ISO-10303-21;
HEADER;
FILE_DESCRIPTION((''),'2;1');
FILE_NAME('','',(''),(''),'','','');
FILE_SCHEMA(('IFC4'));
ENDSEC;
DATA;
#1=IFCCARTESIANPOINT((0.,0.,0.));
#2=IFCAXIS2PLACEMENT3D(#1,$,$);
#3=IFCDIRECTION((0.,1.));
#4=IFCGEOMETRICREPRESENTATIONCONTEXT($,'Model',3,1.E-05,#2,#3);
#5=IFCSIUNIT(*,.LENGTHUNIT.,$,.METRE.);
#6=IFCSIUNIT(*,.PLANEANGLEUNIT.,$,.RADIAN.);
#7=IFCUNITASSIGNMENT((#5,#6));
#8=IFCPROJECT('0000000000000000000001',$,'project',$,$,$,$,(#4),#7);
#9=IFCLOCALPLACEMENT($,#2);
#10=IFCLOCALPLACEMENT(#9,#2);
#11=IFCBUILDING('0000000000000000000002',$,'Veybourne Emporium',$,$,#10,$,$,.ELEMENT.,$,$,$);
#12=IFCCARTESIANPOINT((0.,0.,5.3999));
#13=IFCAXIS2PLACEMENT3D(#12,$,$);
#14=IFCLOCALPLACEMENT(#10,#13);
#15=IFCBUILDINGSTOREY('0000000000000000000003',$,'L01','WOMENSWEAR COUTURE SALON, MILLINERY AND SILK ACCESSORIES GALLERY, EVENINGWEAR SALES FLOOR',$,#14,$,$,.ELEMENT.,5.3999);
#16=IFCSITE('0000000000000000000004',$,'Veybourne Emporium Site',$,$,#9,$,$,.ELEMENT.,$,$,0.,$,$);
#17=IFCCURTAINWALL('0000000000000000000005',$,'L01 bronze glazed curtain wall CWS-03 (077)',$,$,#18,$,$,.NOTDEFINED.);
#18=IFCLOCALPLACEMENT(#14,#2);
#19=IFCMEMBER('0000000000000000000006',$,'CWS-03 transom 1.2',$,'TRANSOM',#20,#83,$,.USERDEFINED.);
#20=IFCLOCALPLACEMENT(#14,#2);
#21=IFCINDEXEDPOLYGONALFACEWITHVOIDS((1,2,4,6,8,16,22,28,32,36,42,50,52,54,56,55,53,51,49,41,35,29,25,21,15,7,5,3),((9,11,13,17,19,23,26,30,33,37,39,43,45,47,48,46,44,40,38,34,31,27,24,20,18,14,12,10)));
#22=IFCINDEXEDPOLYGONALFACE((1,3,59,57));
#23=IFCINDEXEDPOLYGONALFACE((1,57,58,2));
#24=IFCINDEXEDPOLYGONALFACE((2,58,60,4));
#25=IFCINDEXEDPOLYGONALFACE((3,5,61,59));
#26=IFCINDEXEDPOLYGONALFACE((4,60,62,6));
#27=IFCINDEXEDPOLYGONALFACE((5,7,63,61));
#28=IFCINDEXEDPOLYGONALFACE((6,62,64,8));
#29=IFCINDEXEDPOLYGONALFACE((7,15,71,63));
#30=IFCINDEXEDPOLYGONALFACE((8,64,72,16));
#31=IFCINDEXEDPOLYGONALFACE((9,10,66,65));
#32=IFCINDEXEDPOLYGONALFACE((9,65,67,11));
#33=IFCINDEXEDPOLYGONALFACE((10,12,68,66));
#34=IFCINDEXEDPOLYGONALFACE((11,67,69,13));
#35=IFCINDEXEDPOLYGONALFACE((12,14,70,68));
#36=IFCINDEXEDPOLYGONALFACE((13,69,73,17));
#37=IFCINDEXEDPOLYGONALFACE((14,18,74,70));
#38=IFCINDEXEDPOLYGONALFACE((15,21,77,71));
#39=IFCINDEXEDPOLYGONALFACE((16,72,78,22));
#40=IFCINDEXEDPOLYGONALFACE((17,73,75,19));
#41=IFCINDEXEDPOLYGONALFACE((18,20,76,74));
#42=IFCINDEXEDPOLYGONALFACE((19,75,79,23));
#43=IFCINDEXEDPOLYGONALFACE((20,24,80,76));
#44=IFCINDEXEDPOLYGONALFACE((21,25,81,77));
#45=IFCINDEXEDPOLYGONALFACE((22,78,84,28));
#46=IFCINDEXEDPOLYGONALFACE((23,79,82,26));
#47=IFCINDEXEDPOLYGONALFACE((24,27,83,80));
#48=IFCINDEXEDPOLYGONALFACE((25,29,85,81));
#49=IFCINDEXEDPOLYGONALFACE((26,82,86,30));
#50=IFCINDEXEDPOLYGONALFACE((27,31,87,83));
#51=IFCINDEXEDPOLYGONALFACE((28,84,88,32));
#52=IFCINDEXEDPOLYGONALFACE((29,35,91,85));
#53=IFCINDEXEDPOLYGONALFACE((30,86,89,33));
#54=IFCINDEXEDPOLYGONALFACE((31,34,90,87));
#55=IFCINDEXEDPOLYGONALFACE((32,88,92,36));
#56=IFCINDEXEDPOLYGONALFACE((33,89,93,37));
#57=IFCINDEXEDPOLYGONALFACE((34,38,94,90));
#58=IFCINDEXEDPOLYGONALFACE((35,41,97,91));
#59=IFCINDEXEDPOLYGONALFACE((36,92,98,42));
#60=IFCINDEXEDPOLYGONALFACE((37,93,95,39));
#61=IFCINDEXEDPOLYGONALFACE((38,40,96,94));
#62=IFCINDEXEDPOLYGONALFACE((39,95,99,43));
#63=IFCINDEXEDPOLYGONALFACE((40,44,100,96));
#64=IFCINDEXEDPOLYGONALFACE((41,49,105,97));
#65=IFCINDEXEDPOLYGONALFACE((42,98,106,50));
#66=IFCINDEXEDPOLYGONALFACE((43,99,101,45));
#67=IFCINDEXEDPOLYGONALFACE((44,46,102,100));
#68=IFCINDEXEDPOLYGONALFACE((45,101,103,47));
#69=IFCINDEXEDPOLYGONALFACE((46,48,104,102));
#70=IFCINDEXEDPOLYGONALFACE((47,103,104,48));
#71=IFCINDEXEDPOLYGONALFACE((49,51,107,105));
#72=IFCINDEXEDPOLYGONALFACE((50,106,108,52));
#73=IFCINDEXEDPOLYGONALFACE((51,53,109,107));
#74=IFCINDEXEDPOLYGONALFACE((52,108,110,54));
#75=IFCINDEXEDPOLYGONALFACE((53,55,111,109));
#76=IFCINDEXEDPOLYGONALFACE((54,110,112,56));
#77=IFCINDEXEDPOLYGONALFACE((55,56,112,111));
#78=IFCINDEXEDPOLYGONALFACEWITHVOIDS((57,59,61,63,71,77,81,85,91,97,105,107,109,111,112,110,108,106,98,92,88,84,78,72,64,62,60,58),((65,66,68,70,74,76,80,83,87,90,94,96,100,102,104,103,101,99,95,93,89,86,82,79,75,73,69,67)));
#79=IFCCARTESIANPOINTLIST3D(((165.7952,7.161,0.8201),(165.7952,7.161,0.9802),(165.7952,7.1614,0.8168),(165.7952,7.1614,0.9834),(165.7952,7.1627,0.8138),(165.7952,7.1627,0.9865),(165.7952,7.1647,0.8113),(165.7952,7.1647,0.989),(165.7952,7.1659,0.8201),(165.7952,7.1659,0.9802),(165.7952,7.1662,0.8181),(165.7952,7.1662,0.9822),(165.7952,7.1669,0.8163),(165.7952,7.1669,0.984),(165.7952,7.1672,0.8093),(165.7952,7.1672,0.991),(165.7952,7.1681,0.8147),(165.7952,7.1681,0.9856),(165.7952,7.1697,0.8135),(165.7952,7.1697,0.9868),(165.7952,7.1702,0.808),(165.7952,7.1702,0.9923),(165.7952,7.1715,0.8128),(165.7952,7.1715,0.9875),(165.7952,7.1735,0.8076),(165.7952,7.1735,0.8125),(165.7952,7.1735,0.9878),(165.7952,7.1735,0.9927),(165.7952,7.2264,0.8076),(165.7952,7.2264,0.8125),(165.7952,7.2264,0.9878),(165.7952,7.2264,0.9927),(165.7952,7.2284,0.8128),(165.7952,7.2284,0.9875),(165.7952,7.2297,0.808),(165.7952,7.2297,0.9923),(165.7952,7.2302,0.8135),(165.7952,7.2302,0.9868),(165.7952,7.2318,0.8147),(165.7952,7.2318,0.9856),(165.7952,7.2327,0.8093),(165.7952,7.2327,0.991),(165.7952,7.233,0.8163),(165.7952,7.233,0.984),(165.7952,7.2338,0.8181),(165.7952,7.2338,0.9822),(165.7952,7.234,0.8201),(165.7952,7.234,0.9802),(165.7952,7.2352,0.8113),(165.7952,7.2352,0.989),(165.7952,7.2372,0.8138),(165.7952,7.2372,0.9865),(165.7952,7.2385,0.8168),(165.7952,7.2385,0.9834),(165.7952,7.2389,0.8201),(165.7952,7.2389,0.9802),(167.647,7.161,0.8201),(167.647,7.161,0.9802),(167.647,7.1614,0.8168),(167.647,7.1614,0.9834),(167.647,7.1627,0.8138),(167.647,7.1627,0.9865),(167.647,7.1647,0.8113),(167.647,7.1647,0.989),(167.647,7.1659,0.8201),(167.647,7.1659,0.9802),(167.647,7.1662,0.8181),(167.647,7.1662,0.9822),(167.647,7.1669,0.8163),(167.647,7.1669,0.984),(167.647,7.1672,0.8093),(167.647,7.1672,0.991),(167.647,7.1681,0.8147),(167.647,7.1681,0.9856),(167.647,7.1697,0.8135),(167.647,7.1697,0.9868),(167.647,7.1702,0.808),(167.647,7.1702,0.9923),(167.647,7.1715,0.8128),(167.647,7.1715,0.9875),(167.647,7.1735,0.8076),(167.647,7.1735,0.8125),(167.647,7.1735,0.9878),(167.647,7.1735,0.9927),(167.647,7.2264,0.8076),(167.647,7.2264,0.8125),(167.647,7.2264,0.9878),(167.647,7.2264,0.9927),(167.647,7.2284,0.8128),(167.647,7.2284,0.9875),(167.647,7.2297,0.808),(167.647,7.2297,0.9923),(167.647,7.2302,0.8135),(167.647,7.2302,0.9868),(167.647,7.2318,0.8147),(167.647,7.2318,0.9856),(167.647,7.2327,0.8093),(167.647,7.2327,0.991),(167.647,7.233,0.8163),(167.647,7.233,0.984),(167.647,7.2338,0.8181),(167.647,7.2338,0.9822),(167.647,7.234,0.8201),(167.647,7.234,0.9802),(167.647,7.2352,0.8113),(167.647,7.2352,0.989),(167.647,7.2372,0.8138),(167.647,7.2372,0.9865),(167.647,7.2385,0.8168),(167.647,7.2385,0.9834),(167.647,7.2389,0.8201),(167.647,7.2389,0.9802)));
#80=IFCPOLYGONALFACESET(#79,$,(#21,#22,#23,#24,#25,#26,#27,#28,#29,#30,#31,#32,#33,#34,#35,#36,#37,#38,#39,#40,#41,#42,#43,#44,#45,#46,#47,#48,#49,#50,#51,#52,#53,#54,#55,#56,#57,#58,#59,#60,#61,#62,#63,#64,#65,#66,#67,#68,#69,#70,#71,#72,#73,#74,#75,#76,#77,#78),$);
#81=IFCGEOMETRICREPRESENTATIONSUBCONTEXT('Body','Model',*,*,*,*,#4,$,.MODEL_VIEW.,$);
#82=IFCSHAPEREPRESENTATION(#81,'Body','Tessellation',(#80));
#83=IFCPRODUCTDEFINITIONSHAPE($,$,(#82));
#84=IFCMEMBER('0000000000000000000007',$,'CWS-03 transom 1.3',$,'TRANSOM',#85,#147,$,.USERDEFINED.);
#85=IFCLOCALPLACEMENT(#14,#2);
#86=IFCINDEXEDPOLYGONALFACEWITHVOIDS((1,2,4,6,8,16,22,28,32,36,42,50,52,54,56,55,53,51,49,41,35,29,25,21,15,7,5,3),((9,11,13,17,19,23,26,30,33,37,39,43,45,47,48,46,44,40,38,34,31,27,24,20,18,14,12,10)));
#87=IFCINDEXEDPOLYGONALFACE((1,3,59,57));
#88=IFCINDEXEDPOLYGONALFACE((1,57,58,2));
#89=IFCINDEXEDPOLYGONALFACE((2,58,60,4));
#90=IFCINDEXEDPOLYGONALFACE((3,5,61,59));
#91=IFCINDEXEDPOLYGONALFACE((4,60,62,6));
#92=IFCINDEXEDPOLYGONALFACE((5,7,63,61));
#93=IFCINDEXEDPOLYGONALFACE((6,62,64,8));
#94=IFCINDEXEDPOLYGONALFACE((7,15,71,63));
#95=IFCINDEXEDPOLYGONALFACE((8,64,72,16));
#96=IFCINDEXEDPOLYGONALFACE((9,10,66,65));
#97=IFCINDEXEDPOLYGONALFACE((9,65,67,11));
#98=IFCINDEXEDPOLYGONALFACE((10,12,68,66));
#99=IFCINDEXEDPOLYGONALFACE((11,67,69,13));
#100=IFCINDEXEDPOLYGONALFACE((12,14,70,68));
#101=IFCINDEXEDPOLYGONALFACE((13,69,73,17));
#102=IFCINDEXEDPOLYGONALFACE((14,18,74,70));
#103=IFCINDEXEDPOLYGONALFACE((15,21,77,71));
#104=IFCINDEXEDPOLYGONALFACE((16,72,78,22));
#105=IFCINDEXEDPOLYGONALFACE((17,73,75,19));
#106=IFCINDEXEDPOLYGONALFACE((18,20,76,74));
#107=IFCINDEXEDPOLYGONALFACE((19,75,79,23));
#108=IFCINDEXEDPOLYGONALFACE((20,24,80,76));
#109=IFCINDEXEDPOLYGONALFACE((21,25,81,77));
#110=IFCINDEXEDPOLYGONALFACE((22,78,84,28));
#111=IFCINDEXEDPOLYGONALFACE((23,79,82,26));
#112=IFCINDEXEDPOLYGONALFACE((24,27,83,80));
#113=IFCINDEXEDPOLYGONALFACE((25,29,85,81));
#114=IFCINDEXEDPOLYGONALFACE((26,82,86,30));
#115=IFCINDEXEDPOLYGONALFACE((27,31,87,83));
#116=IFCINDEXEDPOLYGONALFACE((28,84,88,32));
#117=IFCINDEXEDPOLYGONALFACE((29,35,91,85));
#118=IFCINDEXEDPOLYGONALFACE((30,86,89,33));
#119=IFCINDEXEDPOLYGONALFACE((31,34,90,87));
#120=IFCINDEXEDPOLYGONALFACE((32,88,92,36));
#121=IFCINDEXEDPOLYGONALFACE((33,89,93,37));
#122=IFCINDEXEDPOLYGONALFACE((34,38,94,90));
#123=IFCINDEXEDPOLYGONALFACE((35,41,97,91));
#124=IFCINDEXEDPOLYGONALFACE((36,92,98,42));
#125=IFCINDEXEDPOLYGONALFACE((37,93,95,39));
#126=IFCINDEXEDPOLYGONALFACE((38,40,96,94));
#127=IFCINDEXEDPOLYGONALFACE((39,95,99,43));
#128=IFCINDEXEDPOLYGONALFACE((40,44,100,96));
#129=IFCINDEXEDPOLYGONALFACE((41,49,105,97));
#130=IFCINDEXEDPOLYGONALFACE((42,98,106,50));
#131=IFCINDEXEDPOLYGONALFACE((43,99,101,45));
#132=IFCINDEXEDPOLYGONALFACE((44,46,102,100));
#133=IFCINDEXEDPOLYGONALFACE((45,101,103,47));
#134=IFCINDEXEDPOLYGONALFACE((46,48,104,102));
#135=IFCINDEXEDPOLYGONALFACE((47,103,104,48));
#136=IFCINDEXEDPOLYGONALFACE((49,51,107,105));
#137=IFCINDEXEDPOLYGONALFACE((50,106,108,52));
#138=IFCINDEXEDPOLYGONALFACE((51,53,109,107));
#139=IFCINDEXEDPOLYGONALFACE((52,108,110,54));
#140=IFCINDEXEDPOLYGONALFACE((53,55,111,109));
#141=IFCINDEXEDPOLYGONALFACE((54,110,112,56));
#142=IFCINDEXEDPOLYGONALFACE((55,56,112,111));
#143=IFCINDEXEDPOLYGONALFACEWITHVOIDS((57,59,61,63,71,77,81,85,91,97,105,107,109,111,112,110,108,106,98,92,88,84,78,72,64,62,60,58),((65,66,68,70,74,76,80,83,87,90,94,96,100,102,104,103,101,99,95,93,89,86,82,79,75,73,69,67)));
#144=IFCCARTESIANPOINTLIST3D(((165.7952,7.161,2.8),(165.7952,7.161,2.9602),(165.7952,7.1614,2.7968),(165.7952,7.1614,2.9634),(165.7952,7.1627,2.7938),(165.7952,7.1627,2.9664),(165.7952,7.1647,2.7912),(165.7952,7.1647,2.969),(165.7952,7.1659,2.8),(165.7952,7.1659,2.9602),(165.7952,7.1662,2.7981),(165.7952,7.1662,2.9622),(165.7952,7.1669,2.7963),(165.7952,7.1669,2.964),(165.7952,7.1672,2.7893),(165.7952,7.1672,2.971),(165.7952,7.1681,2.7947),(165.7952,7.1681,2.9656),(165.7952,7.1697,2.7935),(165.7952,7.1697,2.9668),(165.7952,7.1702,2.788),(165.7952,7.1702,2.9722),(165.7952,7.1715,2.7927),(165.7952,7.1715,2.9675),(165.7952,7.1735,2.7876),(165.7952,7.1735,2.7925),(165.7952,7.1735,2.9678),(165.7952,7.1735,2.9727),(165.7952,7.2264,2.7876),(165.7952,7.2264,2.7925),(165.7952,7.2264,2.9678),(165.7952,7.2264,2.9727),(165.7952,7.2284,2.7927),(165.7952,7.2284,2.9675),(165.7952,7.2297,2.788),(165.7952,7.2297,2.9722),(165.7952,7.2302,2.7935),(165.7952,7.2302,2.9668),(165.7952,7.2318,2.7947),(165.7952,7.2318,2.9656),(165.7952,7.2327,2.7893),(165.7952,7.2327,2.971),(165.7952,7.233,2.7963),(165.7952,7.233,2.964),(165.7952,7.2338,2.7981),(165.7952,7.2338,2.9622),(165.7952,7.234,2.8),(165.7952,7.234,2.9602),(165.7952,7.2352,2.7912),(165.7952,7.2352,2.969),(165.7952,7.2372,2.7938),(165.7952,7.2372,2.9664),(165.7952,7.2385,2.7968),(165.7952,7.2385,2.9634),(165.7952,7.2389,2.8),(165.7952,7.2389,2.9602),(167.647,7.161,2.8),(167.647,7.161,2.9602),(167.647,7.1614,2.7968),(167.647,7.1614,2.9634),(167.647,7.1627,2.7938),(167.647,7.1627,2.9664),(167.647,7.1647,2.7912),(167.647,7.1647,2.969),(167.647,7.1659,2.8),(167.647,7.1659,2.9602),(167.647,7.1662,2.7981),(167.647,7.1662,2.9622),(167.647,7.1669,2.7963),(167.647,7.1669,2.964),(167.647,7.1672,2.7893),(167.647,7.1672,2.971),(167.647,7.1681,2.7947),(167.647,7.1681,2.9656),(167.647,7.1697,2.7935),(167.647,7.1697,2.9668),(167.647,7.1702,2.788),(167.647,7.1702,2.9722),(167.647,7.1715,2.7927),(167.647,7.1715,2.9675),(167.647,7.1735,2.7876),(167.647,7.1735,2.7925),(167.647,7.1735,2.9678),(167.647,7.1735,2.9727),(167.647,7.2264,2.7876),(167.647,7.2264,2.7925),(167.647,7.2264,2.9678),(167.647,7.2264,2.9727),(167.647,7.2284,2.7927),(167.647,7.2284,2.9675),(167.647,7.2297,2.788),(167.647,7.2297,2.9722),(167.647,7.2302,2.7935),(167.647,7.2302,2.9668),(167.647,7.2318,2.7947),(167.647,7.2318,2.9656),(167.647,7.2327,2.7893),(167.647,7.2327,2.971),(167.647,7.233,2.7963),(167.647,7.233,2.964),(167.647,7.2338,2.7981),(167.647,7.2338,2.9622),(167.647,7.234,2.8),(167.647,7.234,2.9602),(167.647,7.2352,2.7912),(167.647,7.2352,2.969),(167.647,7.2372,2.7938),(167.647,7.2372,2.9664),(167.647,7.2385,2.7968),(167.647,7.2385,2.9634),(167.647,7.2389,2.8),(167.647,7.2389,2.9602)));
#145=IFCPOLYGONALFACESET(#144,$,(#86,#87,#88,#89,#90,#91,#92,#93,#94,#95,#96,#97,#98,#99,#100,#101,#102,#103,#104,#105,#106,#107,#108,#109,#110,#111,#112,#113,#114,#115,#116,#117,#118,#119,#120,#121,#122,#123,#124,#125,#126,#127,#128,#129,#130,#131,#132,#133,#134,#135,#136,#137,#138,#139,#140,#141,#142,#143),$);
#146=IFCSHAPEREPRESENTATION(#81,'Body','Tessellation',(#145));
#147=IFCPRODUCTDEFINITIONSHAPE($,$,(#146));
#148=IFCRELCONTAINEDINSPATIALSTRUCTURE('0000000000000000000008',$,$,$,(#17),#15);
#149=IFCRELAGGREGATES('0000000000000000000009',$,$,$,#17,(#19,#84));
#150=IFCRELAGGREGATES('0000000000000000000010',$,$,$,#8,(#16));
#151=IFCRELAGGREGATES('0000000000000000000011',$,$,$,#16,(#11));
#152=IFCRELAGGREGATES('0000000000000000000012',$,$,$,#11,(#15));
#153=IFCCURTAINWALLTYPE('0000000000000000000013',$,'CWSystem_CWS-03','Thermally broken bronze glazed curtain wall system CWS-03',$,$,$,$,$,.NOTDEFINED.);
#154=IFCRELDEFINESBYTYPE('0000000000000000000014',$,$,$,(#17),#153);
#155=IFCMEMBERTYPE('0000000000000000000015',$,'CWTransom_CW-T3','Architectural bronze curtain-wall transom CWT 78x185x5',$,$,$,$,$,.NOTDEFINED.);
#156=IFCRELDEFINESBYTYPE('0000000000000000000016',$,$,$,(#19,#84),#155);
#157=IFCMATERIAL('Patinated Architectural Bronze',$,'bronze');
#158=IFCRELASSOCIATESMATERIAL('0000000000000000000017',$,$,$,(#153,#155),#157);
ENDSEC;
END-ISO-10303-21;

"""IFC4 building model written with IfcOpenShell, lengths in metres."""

from ifc_helpers import new_model, si_unit, direction, frame, origin, origin_2d, place, context, subcontext, project, spatial, hollow_rectangle, extrude, material, material_profile, profile_set, type_object, element, aggregate, save


model = new_model("IFC4")

# Units and contexts
model_context = context("Model", 3, precision=1e-05, world=origin(), true_north=direction((0.0, 1.0)))
body_context = subcontext(model_context, "Body", "Model", "MODEL_VIEW")
ifc_project = project(units=[si_unit("LENGTHUNIT", "METRE"), si_unit("PLANEANGLEUNIT", "RADIAN")], contexts=[model_context])

# Site, building, storey
site_placement = place(None, origin())
site = spatial("IfcSite", under=ifc_project, at=site_placement, Name="Veybourne Emporium Site", CompositionType="ELEMENT", RefElevation=0.0)
building_placement = place(site_placement, origin())
building = spatial("IfcBuilding", under=site, at=building_placement, Name="Veybourne Emporium", CompositionType="ELEMENT")
storey_placement = place(building_placement, frame((0.0, 0.0, 5.3999)))
storey = spatial("IfcBuildingStorey", under=building, at=storey_placement, Name="L01", Description="WOMENSWEAR COUTURE SALON, MILLINERY AND SILK ACCESSORIES GALLERY, EVENINGWEAR SALES FLOOR", CompositionType="ELEMENT", Elevation=5.3999)

# Curtain wall
ifc_material_1 = material(Name="Patinated Architectural Bronze", Category="bronze")
curtain_wall_type_1 = type_object("IfcCurtainWallType", Name="CWSystem_CWS-03", Description="Thermally broken bronze glazed curtain wall system CWS-03", PredefinedType="NOTDEFINED", material=ifc_material_1)
curtain_wall_1_placement = place(storey_placement, origin())
curtain_wall_1 = element("IfcCurtainWall", 1, at=curtain_wall_1_placement, inside=storey, type_object=curtain_wall_type_1, Name="L01 bronze glazed curtain wall CWS-03 (077)", PredefinedType="NOTDEFINED")

# Members
ifc_material_profile_1 = material_profile(ifc_material_1, hollow_rectangle(XDim=0.0779, YDim=0.1851, WallThickness=0.0049, InnerFilletRadius=0.0076, OuterFilletRadius=0.0125, at=origin_2d()), Name="CWT 78x185x5")
ifc_profile_set_1 = profile_set([ifc_material_profile_1], Name="Patinated Architectural Bronze")
member_type_1 = type_object("IfcMemberType", Name="CWTransom_CW-T3", Description="Architectural bronze curtain-wall transom CWT 78x185x5", PredefinedType="NOTDEFINED", material=ifc_profile_set_1)
member_1_placement = place(storey_placement, frame((167.647, 7.2, 0.9001), z_axis=(-1.0, 0.0, 0.0), x_axis=(0.0, -1.0, 0.0)))
member_1 = element("IfcMember", 2, at=member_1_placement, type_object=member_type_1, Name="CWS-03 transom 1.2", ObjectType="TRANSOM", PredefinedType="USERDEFINED", context=body_context, shape_type="SweptSolid", body=[
    extrude(hollow_rectangle(XDim=0.0779, YDim=0.1851, WallThickness=0.0049, InnerFilletRadius=0.0076, OuterFilletRadius=0.0125, at=origin_2d()), origin(), (0.0, 0.0, 1.0), 1.8518),
])
member_2_placement = place(storey_placement, frame((167.647, 7.2, 2.8801), z_axis=(-1.0, 0.0, 0.0), x_axis=(0.0, -1.0, 0.0)))
member_2 = element("IfcMember", 3, at=member_2_placement, type_object=member_type_1, Name="CWS-03 transom 1.3", ObjectType="TRANSOM", PredefinedType="USERDEFINED", context=body_context, shape_type="SweptSolid", body=[
    extrude(hollow_rectangle(XDim=0.0779, YDim=0.1851, WallThickness=0.0049, InnerFilletRadius=0.0076, OuterFilletRadius=0.0125, at=origin_2d()), origin(), (0.0, 0.0, 1.0), 1.8518),
])

aggregate(curtain_wall_1, [member_1, member_2])

save(model, "model.ifc")
